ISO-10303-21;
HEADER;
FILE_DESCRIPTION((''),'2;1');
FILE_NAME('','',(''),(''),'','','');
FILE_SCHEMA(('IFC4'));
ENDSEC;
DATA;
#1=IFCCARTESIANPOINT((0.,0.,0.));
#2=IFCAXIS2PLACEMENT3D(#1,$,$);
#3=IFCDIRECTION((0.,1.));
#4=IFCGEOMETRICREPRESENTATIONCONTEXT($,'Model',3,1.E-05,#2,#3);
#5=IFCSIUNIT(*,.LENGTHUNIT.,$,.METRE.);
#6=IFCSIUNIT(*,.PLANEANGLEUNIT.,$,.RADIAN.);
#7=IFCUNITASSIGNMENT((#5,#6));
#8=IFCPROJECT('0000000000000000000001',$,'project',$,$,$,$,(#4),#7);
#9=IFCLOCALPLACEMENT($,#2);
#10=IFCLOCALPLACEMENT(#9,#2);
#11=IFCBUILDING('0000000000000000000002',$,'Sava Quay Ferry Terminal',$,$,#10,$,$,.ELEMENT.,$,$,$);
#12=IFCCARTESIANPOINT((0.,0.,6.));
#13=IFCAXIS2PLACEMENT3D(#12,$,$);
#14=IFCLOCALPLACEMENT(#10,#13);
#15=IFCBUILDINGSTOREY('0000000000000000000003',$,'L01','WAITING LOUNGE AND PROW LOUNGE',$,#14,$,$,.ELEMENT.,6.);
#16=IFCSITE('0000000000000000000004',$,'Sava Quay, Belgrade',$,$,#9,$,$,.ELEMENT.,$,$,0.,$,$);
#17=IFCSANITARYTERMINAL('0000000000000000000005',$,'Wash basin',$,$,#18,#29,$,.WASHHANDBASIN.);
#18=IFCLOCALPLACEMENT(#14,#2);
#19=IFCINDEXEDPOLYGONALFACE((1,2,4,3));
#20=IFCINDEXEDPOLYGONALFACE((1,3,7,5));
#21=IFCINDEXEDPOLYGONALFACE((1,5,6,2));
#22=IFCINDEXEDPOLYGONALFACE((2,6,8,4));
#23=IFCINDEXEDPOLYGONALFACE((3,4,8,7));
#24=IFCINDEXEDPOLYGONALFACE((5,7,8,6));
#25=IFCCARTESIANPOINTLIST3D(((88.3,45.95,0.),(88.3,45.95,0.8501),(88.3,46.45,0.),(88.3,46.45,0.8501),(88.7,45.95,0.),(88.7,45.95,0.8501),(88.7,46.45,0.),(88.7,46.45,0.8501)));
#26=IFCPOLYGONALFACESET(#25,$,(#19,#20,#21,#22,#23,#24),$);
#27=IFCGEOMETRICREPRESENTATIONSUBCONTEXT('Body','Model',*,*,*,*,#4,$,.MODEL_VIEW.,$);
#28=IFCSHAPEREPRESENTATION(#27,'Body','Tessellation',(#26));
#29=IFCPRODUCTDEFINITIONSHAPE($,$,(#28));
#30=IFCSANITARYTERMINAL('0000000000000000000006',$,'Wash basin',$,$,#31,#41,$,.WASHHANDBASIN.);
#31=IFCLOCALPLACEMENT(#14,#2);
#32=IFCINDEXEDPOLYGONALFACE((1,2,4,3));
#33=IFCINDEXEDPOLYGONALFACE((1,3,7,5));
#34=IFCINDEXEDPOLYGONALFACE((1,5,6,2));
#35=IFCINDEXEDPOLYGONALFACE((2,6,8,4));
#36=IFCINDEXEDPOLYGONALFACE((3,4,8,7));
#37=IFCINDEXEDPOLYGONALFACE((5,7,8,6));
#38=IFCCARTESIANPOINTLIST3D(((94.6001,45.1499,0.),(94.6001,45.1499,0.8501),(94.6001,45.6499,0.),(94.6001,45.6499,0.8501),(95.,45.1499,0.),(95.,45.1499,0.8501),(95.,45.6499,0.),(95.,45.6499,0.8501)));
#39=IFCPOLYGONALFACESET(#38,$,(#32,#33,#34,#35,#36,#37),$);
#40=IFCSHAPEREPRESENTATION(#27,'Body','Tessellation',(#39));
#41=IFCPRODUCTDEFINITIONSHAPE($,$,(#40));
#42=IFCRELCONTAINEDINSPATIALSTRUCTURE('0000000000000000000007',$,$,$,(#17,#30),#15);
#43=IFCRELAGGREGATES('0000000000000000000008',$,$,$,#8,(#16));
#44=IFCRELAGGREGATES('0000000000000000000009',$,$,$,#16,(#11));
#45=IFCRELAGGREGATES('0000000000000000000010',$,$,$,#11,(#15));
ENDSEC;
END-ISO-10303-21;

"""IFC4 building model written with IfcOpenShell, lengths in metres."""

from ifc_helpers import new_model, si_unit, direction, frame, origin, origin_2d, place, context, subcontext, project, spatial, rectangle, extrude, element, save


model = new_model("IFC4")

# Units and contexts
model_context = context("Model", 3, precision=1e-05, world=origin(), true_north=direction((0.0, 1.0)))
body_context = subcontext(model_context, "Body", "Model", "MODEL_VIEW")
ifc_project = project(units=[si_unit("LENGTHUNIT", "METRE"), si_unit("PLANEANGLEUNIT", "RADIAN")], contexts=[model_context])

# Site, building, storey
site_placement = place(None, origin())
site = spatial("IfcSite", under=ifc_project, at=site_placement, Name="Sava Quay, Belgrade", CompositionType="ELEMENT", RefElevation=0.0)
building_placement = place(site_placement, origin())
building = spatial("IfcBuilding", under=site, at=building_placement, Name="Sava Quay Ferry Terminal", CompositionType="ELEMENT")
storey_placement = place(building_placement, frame((0.0, 0.0, 6.0)))
storey = spatial("IfcBuildingStorey", under=building, at=storey_placement, Name="L01", Description="WAITING LOUNGE AND PROW LOUNGE", CompositionType="ELEMENT", Elevation=6.0)

# Sanitary terminals
for number, where, z_axis, x_axis, name in (
    (1, (88.5, 46.2, 0.0), (0.0, 0.0, 1.0), (1.0, 0.0, 0.0), "Wash basin"),
    (2, (94.8, 45.3999, 0.0), (0.0, 0.0, 1.0), (1.0, 0.0, 0.0), "Wash basin"),
):
    element("IfcSanitaryTerminal", number, at=place(storey_placement, frame(where, z_axis=z_axis, x_axis=x_axis)), inside=storey, Name=name, PredefinedType="WASHHANDBASIN", context=body_context, shape_type="SweptSolid", body=[
        extrude(rectangle(XDim=0.3999, YDim=0.5, at=origin_2d()), origin(), (0.0, 0.0, 1.0), 0.8501),
    ])

save(model, "model.ifc")
